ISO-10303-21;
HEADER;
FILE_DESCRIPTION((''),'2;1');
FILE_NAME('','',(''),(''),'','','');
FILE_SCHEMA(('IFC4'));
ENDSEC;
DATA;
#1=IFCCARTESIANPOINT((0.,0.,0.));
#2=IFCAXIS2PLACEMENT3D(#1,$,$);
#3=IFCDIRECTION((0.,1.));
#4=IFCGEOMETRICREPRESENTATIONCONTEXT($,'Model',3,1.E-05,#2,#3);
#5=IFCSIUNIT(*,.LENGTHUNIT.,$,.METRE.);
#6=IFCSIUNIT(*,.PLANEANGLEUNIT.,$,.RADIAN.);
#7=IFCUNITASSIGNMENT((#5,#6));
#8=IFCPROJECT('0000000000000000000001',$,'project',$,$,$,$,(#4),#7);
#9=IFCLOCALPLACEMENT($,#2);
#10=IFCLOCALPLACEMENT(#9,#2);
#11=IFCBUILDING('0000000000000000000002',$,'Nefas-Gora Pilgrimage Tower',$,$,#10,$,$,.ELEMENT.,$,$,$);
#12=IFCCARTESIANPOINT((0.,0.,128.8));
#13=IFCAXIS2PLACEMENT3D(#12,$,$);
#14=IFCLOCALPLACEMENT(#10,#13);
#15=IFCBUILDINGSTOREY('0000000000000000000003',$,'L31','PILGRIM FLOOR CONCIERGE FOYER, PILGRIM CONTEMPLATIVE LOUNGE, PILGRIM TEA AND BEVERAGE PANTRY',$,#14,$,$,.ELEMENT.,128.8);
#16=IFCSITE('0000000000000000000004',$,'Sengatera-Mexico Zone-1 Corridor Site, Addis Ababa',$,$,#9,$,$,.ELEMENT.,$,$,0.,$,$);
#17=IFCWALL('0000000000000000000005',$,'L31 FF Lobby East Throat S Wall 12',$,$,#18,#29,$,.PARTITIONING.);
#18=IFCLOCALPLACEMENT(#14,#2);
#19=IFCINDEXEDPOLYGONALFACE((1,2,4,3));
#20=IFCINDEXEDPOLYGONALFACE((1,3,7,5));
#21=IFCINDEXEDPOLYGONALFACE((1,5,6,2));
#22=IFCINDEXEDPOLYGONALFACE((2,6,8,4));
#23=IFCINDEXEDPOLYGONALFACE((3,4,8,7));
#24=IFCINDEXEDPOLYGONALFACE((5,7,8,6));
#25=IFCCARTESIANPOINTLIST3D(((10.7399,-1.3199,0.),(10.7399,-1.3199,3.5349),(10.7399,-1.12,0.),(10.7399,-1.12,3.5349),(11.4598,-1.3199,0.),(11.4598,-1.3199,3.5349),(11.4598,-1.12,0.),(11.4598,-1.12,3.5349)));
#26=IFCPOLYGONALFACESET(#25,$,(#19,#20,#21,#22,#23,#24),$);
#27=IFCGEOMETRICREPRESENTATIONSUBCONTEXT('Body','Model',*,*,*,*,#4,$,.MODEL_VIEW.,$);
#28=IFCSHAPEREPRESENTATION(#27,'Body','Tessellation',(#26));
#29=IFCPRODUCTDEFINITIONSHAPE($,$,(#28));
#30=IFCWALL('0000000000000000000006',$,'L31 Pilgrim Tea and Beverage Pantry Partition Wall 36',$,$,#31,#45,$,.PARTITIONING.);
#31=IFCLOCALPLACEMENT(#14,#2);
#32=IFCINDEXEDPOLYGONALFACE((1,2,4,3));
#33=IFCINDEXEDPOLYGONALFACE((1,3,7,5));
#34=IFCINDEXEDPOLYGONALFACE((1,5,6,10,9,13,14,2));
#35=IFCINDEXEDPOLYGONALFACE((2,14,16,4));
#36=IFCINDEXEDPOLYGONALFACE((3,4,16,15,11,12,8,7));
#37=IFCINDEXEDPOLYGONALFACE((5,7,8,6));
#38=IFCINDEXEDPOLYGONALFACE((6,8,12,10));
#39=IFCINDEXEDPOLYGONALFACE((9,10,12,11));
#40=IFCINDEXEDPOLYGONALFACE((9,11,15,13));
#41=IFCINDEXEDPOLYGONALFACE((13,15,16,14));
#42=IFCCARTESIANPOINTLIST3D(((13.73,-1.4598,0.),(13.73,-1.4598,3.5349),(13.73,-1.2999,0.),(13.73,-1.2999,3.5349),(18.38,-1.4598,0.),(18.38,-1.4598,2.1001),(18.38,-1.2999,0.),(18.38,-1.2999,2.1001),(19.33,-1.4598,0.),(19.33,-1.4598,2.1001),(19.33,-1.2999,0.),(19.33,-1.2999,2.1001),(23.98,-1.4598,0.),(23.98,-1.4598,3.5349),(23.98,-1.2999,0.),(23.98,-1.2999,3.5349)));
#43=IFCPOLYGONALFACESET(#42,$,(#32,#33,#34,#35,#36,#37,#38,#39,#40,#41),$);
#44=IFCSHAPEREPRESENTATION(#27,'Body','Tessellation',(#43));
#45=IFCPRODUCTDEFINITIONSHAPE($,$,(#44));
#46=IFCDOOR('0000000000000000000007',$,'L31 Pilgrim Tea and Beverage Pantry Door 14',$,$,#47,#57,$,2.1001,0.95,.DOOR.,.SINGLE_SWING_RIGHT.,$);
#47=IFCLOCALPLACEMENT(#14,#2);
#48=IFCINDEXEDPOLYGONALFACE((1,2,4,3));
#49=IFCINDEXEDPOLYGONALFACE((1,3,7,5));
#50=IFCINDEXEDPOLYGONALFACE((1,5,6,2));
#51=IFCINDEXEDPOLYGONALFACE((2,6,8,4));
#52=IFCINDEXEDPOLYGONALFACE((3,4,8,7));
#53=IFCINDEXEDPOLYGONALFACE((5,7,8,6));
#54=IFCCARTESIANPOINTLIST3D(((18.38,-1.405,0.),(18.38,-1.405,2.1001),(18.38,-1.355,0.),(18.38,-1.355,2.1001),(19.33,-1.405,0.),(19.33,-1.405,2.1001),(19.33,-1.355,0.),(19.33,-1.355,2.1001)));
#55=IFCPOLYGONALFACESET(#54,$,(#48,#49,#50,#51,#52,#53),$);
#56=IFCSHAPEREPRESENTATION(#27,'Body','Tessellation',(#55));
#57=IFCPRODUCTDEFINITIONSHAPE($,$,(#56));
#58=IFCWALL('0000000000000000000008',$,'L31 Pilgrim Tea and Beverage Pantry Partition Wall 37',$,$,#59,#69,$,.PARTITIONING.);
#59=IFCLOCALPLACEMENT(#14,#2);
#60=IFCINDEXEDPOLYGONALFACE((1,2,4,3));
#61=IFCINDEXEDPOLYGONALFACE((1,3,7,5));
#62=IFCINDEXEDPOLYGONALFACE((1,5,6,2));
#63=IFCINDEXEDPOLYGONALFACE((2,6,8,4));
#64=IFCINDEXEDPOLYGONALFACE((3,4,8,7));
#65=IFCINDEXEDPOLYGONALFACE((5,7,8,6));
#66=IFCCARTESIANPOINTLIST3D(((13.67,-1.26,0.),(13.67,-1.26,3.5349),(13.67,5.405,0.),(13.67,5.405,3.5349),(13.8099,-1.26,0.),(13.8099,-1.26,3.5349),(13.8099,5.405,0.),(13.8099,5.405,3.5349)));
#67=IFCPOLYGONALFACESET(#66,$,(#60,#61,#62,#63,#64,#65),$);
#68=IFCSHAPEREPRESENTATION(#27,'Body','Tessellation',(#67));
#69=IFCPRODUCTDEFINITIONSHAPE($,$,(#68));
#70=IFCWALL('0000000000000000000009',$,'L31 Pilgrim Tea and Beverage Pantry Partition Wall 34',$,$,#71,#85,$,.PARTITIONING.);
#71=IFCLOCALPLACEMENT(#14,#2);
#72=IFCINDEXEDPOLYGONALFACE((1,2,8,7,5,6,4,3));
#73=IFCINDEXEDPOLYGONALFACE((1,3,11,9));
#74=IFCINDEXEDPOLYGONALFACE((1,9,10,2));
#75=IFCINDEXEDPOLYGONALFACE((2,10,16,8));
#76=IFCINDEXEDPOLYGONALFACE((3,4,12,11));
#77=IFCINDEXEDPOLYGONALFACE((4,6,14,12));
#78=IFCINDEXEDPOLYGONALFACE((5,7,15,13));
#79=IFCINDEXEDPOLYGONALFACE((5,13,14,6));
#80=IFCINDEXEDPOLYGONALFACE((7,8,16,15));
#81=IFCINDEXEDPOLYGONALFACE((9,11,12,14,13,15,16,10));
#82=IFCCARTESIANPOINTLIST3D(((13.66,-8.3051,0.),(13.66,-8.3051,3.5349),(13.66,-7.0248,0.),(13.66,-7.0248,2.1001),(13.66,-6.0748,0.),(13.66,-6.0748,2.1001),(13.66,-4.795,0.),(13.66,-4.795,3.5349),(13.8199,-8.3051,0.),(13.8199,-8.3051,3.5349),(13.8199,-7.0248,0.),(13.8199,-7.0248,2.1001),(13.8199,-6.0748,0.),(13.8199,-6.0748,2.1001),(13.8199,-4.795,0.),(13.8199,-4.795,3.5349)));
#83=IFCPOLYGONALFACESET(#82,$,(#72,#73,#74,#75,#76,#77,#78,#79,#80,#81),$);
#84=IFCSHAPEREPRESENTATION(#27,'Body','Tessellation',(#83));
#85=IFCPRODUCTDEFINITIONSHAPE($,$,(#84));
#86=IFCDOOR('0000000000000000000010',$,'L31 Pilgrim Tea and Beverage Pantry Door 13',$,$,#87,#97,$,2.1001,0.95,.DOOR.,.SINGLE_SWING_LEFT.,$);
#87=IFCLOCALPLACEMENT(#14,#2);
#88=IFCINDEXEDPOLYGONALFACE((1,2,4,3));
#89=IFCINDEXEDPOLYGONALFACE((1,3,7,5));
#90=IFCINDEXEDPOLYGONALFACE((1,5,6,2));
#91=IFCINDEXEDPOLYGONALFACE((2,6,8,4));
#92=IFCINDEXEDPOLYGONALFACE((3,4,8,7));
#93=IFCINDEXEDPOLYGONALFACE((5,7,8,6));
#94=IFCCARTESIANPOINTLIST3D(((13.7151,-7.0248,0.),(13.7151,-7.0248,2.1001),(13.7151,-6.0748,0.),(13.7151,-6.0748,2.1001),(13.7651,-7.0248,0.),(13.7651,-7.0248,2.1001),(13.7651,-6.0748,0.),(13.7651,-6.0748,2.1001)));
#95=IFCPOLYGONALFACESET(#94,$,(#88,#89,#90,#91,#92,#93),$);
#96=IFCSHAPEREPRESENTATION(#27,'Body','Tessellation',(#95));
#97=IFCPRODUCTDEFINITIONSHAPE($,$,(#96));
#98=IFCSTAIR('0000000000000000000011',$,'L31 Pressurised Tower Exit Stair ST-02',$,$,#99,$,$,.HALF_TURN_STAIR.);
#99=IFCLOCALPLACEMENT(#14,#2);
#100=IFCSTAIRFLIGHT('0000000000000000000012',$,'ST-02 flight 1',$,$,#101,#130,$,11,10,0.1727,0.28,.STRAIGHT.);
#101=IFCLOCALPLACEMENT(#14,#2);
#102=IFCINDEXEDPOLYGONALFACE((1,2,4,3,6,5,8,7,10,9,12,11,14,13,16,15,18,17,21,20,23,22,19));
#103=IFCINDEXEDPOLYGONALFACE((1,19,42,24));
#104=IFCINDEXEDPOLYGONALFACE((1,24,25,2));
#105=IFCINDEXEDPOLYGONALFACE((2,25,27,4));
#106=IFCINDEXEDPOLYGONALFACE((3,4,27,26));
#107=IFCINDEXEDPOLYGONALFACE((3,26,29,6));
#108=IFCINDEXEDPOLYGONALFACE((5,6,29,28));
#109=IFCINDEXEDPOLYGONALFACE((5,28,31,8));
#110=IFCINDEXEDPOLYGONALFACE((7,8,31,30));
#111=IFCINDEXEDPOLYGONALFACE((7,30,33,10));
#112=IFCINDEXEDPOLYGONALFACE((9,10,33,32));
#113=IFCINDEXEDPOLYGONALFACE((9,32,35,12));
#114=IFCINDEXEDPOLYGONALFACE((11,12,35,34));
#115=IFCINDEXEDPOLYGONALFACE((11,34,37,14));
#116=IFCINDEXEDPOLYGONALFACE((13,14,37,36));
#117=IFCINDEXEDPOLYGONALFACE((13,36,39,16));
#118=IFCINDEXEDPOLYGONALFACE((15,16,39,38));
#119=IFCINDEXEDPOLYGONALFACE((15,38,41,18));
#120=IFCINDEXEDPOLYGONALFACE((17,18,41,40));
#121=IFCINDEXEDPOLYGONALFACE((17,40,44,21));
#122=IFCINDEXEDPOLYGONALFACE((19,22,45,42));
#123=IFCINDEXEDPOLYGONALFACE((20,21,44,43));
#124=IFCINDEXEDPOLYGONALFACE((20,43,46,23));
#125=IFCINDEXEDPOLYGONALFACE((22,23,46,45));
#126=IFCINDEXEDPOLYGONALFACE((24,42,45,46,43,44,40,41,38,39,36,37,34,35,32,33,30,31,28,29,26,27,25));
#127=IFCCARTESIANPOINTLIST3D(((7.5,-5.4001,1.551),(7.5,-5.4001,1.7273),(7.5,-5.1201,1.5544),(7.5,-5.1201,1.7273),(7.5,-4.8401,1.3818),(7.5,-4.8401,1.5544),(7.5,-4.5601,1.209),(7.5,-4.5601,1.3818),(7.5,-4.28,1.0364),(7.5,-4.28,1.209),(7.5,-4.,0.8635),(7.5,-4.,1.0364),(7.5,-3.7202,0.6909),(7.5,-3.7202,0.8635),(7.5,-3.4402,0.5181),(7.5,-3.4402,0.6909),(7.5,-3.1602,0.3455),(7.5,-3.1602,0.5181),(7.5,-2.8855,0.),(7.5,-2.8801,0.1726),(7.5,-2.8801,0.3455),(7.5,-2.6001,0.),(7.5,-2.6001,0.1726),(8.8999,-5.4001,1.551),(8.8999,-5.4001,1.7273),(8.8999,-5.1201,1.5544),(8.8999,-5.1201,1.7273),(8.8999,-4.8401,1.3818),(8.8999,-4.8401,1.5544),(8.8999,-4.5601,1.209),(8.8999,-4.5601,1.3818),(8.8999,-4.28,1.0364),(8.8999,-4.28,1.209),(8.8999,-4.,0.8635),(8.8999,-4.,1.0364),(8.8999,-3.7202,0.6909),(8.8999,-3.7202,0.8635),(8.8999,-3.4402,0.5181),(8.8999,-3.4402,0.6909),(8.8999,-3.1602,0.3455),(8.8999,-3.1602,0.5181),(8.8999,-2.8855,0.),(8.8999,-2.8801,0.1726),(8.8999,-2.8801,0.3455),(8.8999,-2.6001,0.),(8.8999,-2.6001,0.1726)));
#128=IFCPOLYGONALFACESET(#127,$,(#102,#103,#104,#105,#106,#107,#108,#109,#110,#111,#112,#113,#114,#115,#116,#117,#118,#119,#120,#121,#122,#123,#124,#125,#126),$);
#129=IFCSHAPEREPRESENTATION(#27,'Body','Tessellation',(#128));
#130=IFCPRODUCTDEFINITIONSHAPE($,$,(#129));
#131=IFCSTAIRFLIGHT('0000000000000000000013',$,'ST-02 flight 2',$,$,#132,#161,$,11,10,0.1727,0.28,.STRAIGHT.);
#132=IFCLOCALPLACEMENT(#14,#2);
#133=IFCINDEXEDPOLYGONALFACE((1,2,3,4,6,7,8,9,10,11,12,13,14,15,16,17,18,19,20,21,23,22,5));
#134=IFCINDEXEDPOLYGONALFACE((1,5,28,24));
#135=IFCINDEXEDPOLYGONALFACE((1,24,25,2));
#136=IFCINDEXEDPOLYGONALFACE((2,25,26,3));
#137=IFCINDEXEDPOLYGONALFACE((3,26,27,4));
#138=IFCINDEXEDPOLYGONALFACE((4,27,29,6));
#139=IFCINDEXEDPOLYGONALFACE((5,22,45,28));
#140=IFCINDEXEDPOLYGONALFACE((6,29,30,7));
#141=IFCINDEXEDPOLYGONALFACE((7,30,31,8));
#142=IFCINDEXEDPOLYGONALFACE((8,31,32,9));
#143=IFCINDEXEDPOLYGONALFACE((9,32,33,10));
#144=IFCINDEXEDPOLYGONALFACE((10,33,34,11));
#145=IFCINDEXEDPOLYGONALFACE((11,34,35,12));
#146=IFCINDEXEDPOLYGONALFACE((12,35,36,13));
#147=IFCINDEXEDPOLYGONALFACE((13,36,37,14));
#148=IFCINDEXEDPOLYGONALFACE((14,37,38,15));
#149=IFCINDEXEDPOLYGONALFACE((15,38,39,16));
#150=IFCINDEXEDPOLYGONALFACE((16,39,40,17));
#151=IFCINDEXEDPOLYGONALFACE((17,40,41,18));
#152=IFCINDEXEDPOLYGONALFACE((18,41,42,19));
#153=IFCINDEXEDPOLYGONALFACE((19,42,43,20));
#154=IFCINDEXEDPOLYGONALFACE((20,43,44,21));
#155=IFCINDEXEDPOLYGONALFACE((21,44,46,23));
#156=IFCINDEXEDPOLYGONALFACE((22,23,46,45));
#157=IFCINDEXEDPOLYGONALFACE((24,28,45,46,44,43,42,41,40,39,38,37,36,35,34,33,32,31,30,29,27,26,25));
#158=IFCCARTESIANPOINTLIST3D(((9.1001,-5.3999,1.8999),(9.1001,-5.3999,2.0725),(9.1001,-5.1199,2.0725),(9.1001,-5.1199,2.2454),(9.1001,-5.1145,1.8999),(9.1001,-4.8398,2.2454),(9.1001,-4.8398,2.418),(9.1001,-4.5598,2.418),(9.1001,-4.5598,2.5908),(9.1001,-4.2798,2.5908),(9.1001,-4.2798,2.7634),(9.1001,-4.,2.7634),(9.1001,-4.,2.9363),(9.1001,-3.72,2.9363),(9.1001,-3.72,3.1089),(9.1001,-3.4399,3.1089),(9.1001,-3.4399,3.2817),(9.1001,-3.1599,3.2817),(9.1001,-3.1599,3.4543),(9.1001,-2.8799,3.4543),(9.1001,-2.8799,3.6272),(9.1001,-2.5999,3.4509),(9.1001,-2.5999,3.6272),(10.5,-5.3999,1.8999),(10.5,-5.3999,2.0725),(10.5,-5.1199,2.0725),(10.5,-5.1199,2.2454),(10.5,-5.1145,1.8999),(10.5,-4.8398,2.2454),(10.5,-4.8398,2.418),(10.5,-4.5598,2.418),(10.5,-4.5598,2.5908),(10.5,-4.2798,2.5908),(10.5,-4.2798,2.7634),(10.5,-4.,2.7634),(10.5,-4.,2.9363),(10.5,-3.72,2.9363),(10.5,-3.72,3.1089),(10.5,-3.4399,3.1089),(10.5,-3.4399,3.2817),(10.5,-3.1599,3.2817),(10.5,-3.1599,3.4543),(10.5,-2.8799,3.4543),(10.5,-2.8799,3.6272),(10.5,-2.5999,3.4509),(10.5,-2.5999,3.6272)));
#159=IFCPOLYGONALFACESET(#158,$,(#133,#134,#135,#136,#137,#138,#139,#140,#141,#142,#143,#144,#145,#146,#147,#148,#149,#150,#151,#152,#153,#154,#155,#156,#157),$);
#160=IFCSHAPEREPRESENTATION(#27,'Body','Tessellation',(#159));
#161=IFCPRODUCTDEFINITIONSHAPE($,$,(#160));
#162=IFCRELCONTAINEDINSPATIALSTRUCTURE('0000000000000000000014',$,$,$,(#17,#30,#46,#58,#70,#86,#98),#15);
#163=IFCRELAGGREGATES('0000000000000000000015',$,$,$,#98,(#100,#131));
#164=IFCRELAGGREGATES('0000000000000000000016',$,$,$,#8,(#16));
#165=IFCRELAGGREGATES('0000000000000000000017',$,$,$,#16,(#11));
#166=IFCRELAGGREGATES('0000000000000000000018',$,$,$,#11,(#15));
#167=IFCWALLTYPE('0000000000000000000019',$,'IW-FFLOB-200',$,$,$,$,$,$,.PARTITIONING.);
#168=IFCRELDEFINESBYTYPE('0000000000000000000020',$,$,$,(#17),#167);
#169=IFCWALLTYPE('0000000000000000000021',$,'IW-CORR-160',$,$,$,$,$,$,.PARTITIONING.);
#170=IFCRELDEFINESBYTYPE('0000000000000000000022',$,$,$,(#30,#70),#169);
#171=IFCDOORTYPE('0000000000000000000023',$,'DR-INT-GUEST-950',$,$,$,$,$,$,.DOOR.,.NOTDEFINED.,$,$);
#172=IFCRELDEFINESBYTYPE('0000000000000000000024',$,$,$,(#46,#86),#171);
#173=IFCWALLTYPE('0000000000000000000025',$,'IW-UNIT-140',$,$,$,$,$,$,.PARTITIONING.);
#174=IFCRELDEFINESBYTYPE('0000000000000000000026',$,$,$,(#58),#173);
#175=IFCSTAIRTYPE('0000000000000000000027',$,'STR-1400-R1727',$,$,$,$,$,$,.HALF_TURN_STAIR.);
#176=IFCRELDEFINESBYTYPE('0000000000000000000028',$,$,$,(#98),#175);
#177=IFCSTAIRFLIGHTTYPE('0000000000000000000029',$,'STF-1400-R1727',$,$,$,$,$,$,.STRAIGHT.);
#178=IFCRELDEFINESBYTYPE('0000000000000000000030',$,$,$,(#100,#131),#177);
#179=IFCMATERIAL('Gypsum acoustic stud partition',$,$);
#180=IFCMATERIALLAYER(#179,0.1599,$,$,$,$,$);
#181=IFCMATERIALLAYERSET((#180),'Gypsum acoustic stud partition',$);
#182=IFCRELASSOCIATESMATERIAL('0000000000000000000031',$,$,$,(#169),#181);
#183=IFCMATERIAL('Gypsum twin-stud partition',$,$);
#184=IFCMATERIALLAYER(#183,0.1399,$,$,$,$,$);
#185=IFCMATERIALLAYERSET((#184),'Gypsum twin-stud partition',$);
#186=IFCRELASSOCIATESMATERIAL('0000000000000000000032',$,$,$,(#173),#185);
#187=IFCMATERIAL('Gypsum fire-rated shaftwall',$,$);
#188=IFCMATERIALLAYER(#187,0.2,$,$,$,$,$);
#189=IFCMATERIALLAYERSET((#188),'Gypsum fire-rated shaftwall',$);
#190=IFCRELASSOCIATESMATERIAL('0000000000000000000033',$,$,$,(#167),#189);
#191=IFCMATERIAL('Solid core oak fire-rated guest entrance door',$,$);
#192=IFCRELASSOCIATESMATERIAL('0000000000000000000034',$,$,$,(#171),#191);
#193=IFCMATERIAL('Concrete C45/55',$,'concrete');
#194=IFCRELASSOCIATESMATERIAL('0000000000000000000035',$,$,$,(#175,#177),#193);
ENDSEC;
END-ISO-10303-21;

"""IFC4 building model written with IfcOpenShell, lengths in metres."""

from ifc_helpers import new_model, si_unit, direction, frame, frame_2d, origin, place, context, subcontext, project, spatial, polyline, rectangle, outline, extrude, source, transform, mapped, material, layer, layer_set, type_object, element, fill, aggregate, save


model = new_model("IFC4")

# Units and contexts
model_context = context("Model", 3, precision=1e-05, world=origin(), true_north=direction((0.0, 1.0)))
body_context = subcontext(model_context, "Body", "Model", "MODEL_VIEW")
ifc_project = project(units=[si_unit("LENGTHUNIT", "METRE"), si_unit("PLANEANGLEUNIT", "RADIAN")], contexts=[model_context])

# Site, building, storey
site_placement = place(None, origin())
site = spatial("IfcSite", under=ifc_project, at=site_placement, Name="Sengatera-Mexico Zone-1 Corridor Site, Addis Ababa", CompositionType="ELEMENT", RefElevation=0.0)
building_placement = place(site_placement, origin())
building = spatial("IfcBuilding", under=site, at=building_placement, Name="Nefas-Gora Pilgrimage Tower", CompositionType="ELEMENT")
storey_placement = place(building_placement, frame((0.0, 0.0, 128.8)))
storey = spatial("IfcBuildingStorey", under=building, at=storey_placement, Name="L31", Description="PILGRIM FLOOR CONCIERGE FOYER, PILGRIM CONTEMPLATIVE LOUNGE, PILGRIM TEA AND BEVERAGE PANTRY", CompositionType="ELEMENT", Elevation=128.8)

# Shared definitions
ifc_material_1 = material(Name="Concrete C45/55", Category="concrete")

# Shared definitions
ifc_material_2 = material(Name="Gypsum acoustic stud partition")
ifc_layer_1 = layer(ifc_material_2, 0.1599)
ifc_layer_set_1 = layer_set([ifc_layer_1], Name="Gypsum acoustic stud partition")
wall_type_1 = type_object("IfcWallType", Name="IW-CORR-160", PredefinedType="PARTITIONING", material=ifc_layer_set_1)
ifc_material_3 = material(Name="Gypsum twin-stud partition")
ifc_layer_2 = layer(ifc_material_3, 0.1399)
ifc_layer_set_2 = layer_set([ifc_layer_2], Name="Gypsum twin-stud partition")
wall_type_2 = type_object("IfcWallType", Name="IW-UNIT-140", PredefinedType="PARTITIONING", material=ifc_layer_set_2)

# Shared definitions
ifc_material_4 = material(Name="Gypsum fire-rated shaftwall")
ifc_layer_3 = layer(ifc_material_4, 0.2)
ifc_layer_set_3 = layer_set([ifc_layer_3], Name="Gypsum fire-rated shaftwall")
wall_type_3 = type_object("IfcWallType", Name="IW-FFLOB-200", PredefinedType="PARTITIONING", material=ifc_layer_set_3)

# Wall
shared_shape_1 = source(origin(), body_context, "Body", "SweptSolid", [
    extrude(rectangle(XDim=0.72, YDim=0.2, at=frame_2d((0.3599, 0.0))), origin(), (0.0, 0.0, 1.0), 3.5349),
])
wall_1_placement = place(storey_placement, frame((10.74, -1.22, 0.0), z_axis=(0.0, 0.0, 1.0), x_axis=(1.0, 0.0, 0.0)))
element("IfcWall", 1, at=wall_1_placement, inside=storey, type_object=wall_type_3, Name="L31 FF Lobby East Throat S Wall 12", PredefinedType="PARTITIONING", context=body_context, shape_type="MappedRepresentation", body=[
    mapped(shared_shape_1, transform((0.0, 0.0, 0.0), x_axis=(1.0, 0.0, 0.0), y_axis=(0.0, 1.0, 0.0), z_axis=(0.0, 0.0, 1.0), scale=1.0)),
])

# Wall, opening, door
shared_shape_2 = source(origin(), body_context, "Body", "SweptSolid", [
    extrude(rectangle(XDim=10.25, YDim=0.1599, at=frame_2d((5.125, 0.0))), origin(), (0.0, 0.0, 1.0), 3.5349),
])
wall_2_placement = place(storey_placement, frame((13.73, -1.3799, 0.0), z_axis=(0.0, 0.0, 1.0), x_axis=(1.0, 0.0, 0.0)))
wall_2 = element("IfcWall", 2, at=wall_2_placement, inside=storey, type_object=wall_type_1, Name="L31 Pilgrim Tea and Beverage Pantry Partition Wall 36", PredefinedType="PARTITIONING", context=body_context, shape_type="MappedRepresentation", body=[
    mapped(shared_shape_2, transform((0.0, 0.0, 0.0), x_axis=(1.0, 0.0, 0.0), y_axis=(0.0, 1.0, 0.0), z_axis=(0.0, 0.0, 1.0), scale=1.0)),
])
opening_1_placement = place(wall_2_placement, frame((4.6499, 0.0, 0.0)))
opening_1 = element("IfcOpeningElement", 3, at=opening_1_placement, cuts=wall_2, PredefinedType="OPENING", context=body_context, shape_type="SweptSolid", body=[
    extrude(rectangle(XDim=0.95, YDim=2.1001, at=frame_2d((0.4751, 1.05))), frame((0.0, 0.0898, 0.0), z_axis=(0.0, -1.0, 0.0), x_axis=(1.0, 0.0, 0.0)), (0.0, 0.0, 1.0), 0.1799),
])
ifc_material_5 = material(Name="Solid core oak fire-rated guest entrance door")
door_type_1 = type_object("IfcDoorType", Name="DR-INT-GUEST-950", OperationType="NOTDEFINED", PredefinedType="DOOR", material=ifc_material_5)
shared_shape_3 = source(origin(), body_context, "Body", "SweptSolid", [
    extrude(rectangle(XDim=0.95, YDim=2.1001, at=frame_2d((0.4751, 1.05))), frame((0.0, 0.0249, 0.0), z_axis=(0.0, -1.0, 0.0), x_axis=(1.0, 0.0, 0.0)), (0.0, 0.0, 1.0), 0.05),
])
door_1_placement = place(opening_1_placement, origin())
door_1 = element("IfcDoor", 4, at=door_1_placement, inside=storey, type_object=door_type_1, Name="L31 Pilgrim Tea and Beverage Pantry Door 14", OperationType="SINGLE_SWING_RIGHT", OverallHeight=2.1001, OverallWidth=0.95, PredefinedType="DOOR", context=body_context, shape_type="MappedRepresentation", body=[
    mapped(shared_shape_3, transform((0.0, 0.0, 0.0), x_axis=(1.0, 0.0, 0.0), y_axis=(0.0, 1.0, 0.0), z_axis=(0.0, 0.0, 1.0), scale=1.0)),
])
fill(opening_1, door_1)

# Wall
shared_shape_4 = source(origin(), body_context, "Body", "SweptSolid", [
    extrude(rectangle(XDim=6.665, YDim=0.1399, at=frame_2d((3.3325, 0.0))), origin(), (0.0, 0.0, 1.0), 3.5349),
])
wall_3_placement = place(storey_placement, frame((13.74, -1.26, 0.0), z_axis=(0.0, 0.0, 1.0), x_axis=(0.0, 1.0, 0.0)))
element("IfcWall", 5, at=wall_3_placement, inside=storey, type_object=wall_type_2, Name="L31 Pilgrim Tea and Beverage Pantry Partition Wall 37", PredefinedType="PARTITIONING", context=body_context, shape_type="MappedRepresentation", body=[
    mapped(shared_shape_4, transform((0.0, 0.0, 0.0), x_axis=(1.0, 0.0, 0.0), y_axis=(0.0, 1.0, 0.0), z_axis=(0.0, 0.0, 1.0), scale=1.0)),
])

# Wall, opening, door
shared_shape_5 = source(origin(), body_context, "Body", "SweptSolid", [
    extrude(rectangle(XDim=3.51, YDim=0.1599, at=frame_2d((1.7549, 0.0))), origin(), (0.0, 0.0, 1.0), 3.5349),
])
wall_4_placement = place(storey_placement, frame((13.74, -8.3049, 0.0), z_axis=(0.0, 0.0, 1.0), x_axis=(0.0, 1.0, 0.0)))
wall_4 = element("IfcWall", 6, at=wall_4_placement, inside=storey, type_object=wall_type_1, Name="L31 Pilgrim Tea and Beverage Pantry Partition Wall 34", PredefinedType="PARTITIONING", context=body_context, shape_type="MappedRepresentation", body=[
    mapped(shared_shape_5, transform((0.0, 0.0, 0.0), x_axis=(1.0, 0.0, 0.0), y_axis=(0.0, 1.0, 0.0), z_axis=(0.0, 0.0, 1.0), scale=1.0)),
])
opening_2_placement = place(wall_4_placement, frame((1.28, 0.0, 0.0)))
opening_2 = element("IfcOpeningElement", 7, at=opening_2_placement, cuts=wall_4, PredefinedType="OPENING", context=body_context, shape_type="SweptSolid", body=[
    extrude(rectangle(XDim=0.95, YDim=2.1001, at=frame_2d((0.4751, 1.05))), frame((0.0, 0.0898, 0.0), z_axis=(0.0, -1.0, 0.0), x_axis=(1.0, 0.0, 0.0)), (0.0, 0.0, 1.0), 0.1799),
])
door_2_placement = place(opening_2_placement, origin())
door_2 = element("IfcDoor", 8, at=door_2_placement, inside=storey, type_object=door_type_1, Name="L31 Pilgrim Tea and Beverage Pantry Door 13", OperationType="SINGLE_SWING_LEFT", OverallHeight=2.1001, OverallWidth=0.95, PredefinedType="DOOR", context=body_context, shape_type="MappedRepresentation", body=[
    mapped(shared_shape_3, transform((0.0, 0.0, 0.0), x_axis=(1.0, 0.0, 0.0), y_axis=(0.0, 1.0, 0.0), z_axis=(0.0, 0.0, 1.0), scale=1.0)),
])
fill(opening_2, door_2)

# Stair, stair flights
stair_type = type_object("IfcStairType", Name="STR-1400-R1727", PredefinedType="HALF_TURN_STAIR", material=ifc_material_1)
stair_placement = place(storey_placement, origin())
stair = element("IfcStair", 9, at=stair_placement, inside=storey, type_object=stair_type, Name="L31 Pressurised Tower Exit Stair ST-02", PredefinedType="HALF_TURN_STAIR")
stair_flight_type = type_object("IfcStairFlightType", Name="STF-1400-R1727", PredefinedType="STRAIGHT", material=ifc_material_1)
shared_shape_6 = source(origin(), body_context, "Body", "SweptSolid", [
    extrude(outline(polyline([(0.0, 0.0), (0.0, 0.1726), (0.28, 0.1726), (0.28, 0.3455), (0.5601, 0.3455), (0.5601, 0.5181), (0.8401, 0.5181), (0.8401, 0.6909), (1.1201, 0.6909), (1.1201, 0.8635), (1.3999, 0.8635), (1.3999, 1.0364), (1.6799, 1.0364), (1.6799, 1.209), (1.96, 1.209), (1.96, 1.3818), (2.24, 1.3818), (2.24, 1.5544), (2.52, 1.5544), (2.52, 1.7273), (2.8, 1.7273), (2.8, 1.8999), (2.8, 1.551), (0.2854, 0.0), (0.0, 0.0)])), frame((0.0, 0.7, 0.0), z_axis=(0.0, -1.0, 0.0), x_axis=(1.0, 0.0, 0.0)), (0.0, 0.0, 1.0), 1.3999),
])
stair_flight_1_placement = place(storey_placement, frame((8.2, -2.6001, 0.0), z_axis=(0.0, 0.0, 1.0), x_axis=(0.0, -1.0, 0.0)))
stair_flight_1 = element("IfcStairFlight", 10, at=stair_flight_1_placement, type_object=stair_flight_type, Name="ST-02 flight 1", NumberOfRisers=11, NumberOfTreads=10, PredefinedType="STRAIGHT", RiserHeight=0.1727, TreadLength=0.28, context=body_context, shape_type="MappedRepresentation", body=[
    mapped(shared_shape_6, transform((0.0, 0.0, 0.0), x_axis=(1.0, 0.0, 0.0), y_axis=(0.0, 1.0, 0.0), z_axis=(0.0, 0.0, 1.0), scale=1.0)),
])
stair_flight_2_placement = place(storey_placement, frame((9.8, -5.3999, 1.8999), z_axis=(0.0, 0.0, 1.0), x_axis=(0.0, 1.0, 0.0)))
stair_flight_2 = element("IfcStairFlight", 11, at=stair_flight_2_placement, type_object=stair_flight_type, Name="ST-02 flight 2", NumberOfRisers=11, NumberOfTreads=10, PredefinedType="STRAIGHT", RiserHeight=0.1727, TreadLength=0.28, context=body_context, shape_type="MappedRepresentation", body=[
    mapped(shared_shape_6, transform((0.0, 0.0, 0.0), x_axis=(1.0, 0.0, 0.0), y_axis=(0.0, 1.0, 0.0), z_axis=(0.0, 0.0, 1.0), scale=1.0)),
])
aggregate(stair, [stair_flight_1, stair_flight_2])

save(model, "model.ifc")
